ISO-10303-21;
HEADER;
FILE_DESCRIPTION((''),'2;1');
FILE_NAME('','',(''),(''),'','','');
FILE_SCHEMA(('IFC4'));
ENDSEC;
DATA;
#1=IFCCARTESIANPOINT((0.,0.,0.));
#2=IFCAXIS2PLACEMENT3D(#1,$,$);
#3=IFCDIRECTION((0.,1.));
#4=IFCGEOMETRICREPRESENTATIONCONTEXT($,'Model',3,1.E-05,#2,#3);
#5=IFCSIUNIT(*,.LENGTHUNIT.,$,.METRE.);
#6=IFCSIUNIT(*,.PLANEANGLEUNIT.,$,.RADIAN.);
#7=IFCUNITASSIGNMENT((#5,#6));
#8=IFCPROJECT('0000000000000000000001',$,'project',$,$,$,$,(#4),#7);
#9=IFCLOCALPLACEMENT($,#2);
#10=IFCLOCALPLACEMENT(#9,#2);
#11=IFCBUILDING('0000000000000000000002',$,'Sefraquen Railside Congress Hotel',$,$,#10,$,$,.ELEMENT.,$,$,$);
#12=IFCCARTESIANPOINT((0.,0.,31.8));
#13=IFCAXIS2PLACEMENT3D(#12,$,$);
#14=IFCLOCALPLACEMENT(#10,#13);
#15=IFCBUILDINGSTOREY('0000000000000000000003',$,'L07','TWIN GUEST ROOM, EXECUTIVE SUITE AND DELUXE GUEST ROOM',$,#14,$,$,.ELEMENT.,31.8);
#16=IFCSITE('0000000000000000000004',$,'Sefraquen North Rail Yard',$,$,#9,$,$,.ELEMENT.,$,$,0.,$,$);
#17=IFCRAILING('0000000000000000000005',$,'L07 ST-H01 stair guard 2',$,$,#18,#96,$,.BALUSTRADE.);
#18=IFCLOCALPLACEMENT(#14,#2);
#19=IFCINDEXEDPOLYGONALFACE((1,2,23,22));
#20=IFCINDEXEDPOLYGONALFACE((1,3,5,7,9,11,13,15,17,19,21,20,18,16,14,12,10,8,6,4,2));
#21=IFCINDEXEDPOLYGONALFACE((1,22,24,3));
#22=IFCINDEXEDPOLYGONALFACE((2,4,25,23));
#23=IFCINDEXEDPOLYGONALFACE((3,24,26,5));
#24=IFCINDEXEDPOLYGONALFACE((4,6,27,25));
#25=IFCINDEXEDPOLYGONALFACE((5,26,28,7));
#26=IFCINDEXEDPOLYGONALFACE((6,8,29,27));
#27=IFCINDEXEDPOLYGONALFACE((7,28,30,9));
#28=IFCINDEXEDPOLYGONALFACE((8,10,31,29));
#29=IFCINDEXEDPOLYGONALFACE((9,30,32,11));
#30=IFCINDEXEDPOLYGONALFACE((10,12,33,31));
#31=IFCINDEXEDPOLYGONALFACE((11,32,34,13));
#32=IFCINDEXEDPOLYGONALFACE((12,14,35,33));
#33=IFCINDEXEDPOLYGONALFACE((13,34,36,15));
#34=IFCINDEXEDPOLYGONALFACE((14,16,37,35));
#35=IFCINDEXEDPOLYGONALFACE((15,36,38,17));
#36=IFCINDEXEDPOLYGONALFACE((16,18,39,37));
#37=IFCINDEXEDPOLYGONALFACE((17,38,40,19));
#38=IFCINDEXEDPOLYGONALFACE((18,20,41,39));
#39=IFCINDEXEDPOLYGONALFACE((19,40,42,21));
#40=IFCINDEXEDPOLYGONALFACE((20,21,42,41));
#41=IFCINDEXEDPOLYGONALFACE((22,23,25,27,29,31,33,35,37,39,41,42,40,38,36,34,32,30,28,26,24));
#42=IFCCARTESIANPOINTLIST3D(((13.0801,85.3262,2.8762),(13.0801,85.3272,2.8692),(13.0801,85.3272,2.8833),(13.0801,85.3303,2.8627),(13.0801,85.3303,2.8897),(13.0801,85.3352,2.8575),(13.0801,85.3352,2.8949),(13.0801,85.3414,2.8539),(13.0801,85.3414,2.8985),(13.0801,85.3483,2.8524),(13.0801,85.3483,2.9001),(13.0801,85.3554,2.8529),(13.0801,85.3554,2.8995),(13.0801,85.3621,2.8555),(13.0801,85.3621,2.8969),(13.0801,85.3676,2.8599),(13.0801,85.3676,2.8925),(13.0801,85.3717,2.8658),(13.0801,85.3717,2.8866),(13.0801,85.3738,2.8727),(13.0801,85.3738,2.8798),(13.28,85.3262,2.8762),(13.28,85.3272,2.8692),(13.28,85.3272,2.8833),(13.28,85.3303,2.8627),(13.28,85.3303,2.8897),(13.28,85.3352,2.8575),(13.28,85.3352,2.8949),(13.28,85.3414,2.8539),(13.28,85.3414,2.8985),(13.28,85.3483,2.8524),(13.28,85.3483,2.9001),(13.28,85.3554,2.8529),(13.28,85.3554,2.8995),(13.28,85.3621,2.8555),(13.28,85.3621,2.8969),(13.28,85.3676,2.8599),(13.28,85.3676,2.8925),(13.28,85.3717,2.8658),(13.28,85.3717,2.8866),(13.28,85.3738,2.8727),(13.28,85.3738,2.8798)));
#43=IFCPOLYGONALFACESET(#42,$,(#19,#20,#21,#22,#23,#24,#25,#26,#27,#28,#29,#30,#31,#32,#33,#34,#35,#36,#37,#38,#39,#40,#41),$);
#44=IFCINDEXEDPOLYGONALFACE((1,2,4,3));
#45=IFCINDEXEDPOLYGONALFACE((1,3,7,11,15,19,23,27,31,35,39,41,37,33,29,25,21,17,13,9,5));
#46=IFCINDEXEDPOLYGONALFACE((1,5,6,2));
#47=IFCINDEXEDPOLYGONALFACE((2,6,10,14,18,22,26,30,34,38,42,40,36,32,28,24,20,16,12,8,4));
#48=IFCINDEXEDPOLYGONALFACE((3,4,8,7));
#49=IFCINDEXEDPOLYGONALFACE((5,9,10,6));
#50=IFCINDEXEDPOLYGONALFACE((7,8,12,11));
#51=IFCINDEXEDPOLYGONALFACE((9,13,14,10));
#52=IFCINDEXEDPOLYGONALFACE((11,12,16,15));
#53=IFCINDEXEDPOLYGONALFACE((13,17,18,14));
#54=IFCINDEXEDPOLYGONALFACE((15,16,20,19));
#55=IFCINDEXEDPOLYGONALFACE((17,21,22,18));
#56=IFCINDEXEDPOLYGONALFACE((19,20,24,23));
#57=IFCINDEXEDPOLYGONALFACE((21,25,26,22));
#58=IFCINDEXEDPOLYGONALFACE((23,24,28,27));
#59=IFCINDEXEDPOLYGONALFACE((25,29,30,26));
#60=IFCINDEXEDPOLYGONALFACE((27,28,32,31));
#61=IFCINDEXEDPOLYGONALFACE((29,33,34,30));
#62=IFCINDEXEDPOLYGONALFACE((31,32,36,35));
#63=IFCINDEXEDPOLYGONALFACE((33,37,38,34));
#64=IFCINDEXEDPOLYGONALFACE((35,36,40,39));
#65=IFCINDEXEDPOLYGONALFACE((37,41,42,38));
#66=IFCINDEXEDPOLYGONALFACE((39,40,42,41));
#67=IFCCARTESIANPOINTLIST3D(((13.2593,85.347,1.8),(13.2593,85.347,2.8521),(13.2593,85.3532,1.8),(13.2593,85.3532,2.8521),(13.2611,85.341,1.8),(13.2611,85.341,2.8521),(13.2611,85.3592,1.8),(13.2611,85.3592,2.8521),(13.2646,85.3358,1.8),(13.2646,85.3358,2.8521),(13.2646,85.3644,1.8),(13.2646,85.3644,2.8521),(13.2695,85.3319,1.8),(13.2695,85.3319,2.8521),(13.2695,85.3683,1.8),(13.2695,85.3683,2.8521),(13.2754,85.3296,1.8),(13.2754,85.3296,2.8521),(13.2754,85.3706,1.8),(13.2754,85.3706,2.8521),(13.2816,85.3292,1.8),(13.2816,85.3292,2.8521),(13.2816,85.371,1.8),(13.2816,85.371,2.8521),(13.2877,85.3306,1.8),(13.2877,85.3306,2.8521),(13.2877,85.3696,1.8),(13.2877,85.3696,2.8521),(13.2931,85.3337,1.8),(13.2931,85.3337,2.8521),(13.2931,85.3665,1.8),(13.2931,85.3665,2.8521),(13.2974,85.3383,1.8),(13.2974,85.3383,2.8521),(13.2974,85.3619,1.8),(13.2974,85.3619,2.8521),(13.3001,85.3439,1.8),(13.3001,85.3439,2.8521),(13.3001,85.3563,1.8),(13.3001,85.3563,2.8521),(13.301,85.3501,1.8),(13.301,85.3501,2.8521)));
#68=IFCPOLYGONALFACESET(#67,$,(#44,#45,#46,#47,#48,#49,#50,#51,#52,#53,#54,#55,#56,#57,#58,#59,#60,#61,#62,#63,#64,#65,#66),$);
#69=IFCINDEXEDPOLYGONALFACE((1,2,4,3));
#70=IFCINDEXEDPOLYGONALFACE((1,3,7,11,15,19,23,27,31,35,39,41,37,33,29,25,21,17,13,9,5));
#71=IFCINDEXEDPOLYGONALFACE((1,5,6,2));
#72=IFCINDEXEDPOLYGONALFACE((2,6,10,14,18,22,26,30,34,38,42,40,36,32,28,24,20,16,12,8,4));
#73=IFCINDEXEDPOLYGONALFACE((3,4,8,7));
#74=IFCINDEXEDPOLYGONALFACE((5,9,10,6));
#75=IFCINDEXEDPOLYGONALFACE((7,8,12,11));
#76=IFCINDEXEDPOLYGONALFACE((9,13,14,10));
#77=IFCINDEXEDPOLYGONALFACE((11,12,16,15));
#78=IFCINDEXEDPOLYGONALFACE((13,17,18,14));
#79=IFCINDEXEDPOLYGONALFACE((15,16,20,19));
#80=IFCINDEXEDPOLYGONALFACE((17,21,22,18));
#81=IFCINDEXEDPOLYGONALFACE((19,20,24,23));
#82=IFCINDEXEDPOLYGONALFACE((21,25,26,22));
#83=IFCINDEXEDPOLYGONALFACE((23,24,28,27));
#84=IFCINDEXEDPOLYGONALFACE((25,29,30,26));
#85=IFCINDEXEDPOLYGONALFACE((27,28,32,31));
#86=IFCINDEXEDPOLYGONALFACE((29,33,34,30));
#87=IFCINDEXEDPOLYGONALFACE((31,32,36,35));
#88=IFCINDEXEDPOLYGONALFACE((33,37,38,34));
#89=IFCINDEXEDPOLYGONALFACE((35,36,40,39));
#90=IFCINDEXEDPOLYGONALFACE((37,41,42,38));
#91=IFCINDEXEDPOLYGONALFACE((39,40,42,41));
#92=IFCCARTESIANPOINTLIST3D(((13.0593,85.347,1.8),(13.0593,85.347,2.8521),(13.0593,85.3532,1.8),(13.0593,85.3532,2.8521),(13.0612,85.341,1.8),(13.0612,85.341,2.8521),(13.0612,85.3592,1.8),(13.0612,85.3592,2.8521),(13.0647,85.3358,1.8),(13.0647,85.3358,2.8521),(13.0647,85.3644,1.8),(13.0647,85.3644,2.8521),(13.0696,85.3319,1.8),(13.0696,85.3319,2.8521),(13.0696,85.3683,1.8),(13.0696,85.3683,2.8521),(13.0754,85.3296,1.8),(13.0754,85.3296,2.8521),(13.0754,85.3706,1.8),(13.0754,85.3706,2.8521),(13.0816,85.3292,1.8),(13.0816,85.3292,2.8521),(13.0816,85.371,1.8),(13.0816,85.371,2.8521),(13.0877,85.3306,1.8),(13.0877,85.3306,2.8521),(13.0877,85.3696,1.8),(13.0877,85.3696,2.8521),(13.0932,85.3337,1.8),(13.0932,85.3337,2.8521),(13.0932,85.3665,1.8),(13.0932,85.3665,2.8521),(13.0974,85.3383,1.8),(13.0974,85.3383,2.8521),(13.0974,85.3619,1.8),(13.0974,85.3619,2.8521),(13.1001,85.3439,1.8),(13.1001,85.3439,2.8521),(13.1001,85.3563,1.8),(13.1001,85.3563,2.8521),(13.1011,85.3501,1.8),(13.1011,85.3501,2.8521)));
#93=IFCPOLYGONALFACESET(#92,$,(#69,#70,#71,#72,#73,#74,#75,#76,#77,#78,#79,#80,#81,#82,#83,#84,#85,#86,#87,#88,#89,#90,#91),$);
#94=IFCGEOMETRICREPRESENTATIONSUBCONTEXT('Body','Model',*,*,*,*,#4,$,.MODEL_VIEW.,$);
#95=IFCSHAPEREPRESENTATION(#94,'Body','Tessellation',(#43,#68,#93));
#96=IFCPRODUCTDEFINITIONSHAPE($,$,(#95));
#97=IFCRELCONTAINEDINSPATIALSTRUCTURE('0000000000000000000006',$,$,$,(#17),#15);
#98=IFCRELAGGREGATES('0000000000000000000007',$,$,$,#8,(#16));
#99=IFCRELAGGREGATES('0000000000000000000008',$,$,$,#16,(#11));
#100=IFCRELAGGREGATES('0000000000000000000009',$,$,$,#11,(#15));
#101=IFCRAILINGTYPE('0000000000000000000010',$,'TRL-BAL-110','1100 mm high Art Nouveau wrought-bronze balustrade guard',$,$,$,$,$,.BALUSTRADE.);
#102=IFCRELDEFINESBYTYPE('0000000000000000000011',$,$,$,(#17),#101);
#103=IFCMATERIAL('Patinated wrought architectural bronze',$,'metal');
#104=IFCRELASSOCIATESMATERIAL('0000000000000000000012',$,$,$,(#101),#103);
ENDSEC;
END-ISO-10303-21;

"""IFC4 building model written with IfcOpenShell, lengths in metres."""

from ifc_helpers import new_model, si_unit, direction, frame, origin, origin_2d, place, context, subcontext, project, spatial, circle, extrude, material, type_object, element, save


model = new_model("IFC4")

# Units and contexts
model_context = context("Model", 3, precision=1e-05, world=origin(), true_north=direction((0.0, 1.0)))
body_context = subcontext(model_context, "Body", "Model", "MODEL_VIEW")
ifc_project = project(units=[si_unit("LENGTHUNIT", "METRE"), si_unit("PLANEANGLEUNIT", "RADIAN")], contexts=[model_context])

# Site, building, storey
site_placement = place(None, origin())
site = spatial("IfcSite", under=ifc_project, at=site_placement, Name="Sefraquen North Rail Yard", CompositionType="ELEMENT", RefElevation=0.0)
building_placement = place(site_placement, origin())
building = spatial("IfcBuilding", under=site, at=building_placement, Name="Sefraquen Railside Congress Hotel", CompositionType="ELEMENT")
storey_placement = place(building_placement, frame((0.0, 0.0, 31.8)))
storey = spatial("IfcBuildingStorey", under=building, at=storey_placement, Name="L07", Description="TWIN GUEST ROOM, EXECUTIVE SUITE AND DELUXE GUEST ROOM", CompositionType="ELEMENT", Elevation=31.8)

# Railing
ifc_material_1 = material(Name="Patinated wrought architectural bronze", Category="metal")
railing_type_1 = type_object("IfcRailingType", Name="TRL-BAL-110", Description="1100 mm high Art Nouveau wrought-bronze balustrade guard", PredefinedType="BALUSTRADE", material=ifc_material_1)
railing_1_placement = place(storey_placement, frame((13.28, 85.3501, 1.8)))
element("IfcRailing", 1, at=railing_1_placement, inside=storey, type_object=railing_type_1, Name="L07 ST-H01 stair guard 2", PredefinedType="BALUSTRADE", context=body_context, shape_type="SweptSolid", body=[
    extrude(circle(Radius=0.0239, at=origin_2d()), frame((0.0, 0.0, 1.0762), z_axis=(-1.0, 0.0, 0.0), x_axis=(0.0, -1.0, 0.0)), (0.0, 0.0, 1.0), 0.2),
    extrude(circle(Radius=0.021, at=origin_2d()), origin(), (0.0, 0.0, 1.0), 1.052),
    extrude(circle(Radius=0.021, at=origin_2d()), frame((-0.2, 0.0, 0.0)), (0.0, 0.0, 1.0), 1.052),
])

save(model, "model.ifc")
